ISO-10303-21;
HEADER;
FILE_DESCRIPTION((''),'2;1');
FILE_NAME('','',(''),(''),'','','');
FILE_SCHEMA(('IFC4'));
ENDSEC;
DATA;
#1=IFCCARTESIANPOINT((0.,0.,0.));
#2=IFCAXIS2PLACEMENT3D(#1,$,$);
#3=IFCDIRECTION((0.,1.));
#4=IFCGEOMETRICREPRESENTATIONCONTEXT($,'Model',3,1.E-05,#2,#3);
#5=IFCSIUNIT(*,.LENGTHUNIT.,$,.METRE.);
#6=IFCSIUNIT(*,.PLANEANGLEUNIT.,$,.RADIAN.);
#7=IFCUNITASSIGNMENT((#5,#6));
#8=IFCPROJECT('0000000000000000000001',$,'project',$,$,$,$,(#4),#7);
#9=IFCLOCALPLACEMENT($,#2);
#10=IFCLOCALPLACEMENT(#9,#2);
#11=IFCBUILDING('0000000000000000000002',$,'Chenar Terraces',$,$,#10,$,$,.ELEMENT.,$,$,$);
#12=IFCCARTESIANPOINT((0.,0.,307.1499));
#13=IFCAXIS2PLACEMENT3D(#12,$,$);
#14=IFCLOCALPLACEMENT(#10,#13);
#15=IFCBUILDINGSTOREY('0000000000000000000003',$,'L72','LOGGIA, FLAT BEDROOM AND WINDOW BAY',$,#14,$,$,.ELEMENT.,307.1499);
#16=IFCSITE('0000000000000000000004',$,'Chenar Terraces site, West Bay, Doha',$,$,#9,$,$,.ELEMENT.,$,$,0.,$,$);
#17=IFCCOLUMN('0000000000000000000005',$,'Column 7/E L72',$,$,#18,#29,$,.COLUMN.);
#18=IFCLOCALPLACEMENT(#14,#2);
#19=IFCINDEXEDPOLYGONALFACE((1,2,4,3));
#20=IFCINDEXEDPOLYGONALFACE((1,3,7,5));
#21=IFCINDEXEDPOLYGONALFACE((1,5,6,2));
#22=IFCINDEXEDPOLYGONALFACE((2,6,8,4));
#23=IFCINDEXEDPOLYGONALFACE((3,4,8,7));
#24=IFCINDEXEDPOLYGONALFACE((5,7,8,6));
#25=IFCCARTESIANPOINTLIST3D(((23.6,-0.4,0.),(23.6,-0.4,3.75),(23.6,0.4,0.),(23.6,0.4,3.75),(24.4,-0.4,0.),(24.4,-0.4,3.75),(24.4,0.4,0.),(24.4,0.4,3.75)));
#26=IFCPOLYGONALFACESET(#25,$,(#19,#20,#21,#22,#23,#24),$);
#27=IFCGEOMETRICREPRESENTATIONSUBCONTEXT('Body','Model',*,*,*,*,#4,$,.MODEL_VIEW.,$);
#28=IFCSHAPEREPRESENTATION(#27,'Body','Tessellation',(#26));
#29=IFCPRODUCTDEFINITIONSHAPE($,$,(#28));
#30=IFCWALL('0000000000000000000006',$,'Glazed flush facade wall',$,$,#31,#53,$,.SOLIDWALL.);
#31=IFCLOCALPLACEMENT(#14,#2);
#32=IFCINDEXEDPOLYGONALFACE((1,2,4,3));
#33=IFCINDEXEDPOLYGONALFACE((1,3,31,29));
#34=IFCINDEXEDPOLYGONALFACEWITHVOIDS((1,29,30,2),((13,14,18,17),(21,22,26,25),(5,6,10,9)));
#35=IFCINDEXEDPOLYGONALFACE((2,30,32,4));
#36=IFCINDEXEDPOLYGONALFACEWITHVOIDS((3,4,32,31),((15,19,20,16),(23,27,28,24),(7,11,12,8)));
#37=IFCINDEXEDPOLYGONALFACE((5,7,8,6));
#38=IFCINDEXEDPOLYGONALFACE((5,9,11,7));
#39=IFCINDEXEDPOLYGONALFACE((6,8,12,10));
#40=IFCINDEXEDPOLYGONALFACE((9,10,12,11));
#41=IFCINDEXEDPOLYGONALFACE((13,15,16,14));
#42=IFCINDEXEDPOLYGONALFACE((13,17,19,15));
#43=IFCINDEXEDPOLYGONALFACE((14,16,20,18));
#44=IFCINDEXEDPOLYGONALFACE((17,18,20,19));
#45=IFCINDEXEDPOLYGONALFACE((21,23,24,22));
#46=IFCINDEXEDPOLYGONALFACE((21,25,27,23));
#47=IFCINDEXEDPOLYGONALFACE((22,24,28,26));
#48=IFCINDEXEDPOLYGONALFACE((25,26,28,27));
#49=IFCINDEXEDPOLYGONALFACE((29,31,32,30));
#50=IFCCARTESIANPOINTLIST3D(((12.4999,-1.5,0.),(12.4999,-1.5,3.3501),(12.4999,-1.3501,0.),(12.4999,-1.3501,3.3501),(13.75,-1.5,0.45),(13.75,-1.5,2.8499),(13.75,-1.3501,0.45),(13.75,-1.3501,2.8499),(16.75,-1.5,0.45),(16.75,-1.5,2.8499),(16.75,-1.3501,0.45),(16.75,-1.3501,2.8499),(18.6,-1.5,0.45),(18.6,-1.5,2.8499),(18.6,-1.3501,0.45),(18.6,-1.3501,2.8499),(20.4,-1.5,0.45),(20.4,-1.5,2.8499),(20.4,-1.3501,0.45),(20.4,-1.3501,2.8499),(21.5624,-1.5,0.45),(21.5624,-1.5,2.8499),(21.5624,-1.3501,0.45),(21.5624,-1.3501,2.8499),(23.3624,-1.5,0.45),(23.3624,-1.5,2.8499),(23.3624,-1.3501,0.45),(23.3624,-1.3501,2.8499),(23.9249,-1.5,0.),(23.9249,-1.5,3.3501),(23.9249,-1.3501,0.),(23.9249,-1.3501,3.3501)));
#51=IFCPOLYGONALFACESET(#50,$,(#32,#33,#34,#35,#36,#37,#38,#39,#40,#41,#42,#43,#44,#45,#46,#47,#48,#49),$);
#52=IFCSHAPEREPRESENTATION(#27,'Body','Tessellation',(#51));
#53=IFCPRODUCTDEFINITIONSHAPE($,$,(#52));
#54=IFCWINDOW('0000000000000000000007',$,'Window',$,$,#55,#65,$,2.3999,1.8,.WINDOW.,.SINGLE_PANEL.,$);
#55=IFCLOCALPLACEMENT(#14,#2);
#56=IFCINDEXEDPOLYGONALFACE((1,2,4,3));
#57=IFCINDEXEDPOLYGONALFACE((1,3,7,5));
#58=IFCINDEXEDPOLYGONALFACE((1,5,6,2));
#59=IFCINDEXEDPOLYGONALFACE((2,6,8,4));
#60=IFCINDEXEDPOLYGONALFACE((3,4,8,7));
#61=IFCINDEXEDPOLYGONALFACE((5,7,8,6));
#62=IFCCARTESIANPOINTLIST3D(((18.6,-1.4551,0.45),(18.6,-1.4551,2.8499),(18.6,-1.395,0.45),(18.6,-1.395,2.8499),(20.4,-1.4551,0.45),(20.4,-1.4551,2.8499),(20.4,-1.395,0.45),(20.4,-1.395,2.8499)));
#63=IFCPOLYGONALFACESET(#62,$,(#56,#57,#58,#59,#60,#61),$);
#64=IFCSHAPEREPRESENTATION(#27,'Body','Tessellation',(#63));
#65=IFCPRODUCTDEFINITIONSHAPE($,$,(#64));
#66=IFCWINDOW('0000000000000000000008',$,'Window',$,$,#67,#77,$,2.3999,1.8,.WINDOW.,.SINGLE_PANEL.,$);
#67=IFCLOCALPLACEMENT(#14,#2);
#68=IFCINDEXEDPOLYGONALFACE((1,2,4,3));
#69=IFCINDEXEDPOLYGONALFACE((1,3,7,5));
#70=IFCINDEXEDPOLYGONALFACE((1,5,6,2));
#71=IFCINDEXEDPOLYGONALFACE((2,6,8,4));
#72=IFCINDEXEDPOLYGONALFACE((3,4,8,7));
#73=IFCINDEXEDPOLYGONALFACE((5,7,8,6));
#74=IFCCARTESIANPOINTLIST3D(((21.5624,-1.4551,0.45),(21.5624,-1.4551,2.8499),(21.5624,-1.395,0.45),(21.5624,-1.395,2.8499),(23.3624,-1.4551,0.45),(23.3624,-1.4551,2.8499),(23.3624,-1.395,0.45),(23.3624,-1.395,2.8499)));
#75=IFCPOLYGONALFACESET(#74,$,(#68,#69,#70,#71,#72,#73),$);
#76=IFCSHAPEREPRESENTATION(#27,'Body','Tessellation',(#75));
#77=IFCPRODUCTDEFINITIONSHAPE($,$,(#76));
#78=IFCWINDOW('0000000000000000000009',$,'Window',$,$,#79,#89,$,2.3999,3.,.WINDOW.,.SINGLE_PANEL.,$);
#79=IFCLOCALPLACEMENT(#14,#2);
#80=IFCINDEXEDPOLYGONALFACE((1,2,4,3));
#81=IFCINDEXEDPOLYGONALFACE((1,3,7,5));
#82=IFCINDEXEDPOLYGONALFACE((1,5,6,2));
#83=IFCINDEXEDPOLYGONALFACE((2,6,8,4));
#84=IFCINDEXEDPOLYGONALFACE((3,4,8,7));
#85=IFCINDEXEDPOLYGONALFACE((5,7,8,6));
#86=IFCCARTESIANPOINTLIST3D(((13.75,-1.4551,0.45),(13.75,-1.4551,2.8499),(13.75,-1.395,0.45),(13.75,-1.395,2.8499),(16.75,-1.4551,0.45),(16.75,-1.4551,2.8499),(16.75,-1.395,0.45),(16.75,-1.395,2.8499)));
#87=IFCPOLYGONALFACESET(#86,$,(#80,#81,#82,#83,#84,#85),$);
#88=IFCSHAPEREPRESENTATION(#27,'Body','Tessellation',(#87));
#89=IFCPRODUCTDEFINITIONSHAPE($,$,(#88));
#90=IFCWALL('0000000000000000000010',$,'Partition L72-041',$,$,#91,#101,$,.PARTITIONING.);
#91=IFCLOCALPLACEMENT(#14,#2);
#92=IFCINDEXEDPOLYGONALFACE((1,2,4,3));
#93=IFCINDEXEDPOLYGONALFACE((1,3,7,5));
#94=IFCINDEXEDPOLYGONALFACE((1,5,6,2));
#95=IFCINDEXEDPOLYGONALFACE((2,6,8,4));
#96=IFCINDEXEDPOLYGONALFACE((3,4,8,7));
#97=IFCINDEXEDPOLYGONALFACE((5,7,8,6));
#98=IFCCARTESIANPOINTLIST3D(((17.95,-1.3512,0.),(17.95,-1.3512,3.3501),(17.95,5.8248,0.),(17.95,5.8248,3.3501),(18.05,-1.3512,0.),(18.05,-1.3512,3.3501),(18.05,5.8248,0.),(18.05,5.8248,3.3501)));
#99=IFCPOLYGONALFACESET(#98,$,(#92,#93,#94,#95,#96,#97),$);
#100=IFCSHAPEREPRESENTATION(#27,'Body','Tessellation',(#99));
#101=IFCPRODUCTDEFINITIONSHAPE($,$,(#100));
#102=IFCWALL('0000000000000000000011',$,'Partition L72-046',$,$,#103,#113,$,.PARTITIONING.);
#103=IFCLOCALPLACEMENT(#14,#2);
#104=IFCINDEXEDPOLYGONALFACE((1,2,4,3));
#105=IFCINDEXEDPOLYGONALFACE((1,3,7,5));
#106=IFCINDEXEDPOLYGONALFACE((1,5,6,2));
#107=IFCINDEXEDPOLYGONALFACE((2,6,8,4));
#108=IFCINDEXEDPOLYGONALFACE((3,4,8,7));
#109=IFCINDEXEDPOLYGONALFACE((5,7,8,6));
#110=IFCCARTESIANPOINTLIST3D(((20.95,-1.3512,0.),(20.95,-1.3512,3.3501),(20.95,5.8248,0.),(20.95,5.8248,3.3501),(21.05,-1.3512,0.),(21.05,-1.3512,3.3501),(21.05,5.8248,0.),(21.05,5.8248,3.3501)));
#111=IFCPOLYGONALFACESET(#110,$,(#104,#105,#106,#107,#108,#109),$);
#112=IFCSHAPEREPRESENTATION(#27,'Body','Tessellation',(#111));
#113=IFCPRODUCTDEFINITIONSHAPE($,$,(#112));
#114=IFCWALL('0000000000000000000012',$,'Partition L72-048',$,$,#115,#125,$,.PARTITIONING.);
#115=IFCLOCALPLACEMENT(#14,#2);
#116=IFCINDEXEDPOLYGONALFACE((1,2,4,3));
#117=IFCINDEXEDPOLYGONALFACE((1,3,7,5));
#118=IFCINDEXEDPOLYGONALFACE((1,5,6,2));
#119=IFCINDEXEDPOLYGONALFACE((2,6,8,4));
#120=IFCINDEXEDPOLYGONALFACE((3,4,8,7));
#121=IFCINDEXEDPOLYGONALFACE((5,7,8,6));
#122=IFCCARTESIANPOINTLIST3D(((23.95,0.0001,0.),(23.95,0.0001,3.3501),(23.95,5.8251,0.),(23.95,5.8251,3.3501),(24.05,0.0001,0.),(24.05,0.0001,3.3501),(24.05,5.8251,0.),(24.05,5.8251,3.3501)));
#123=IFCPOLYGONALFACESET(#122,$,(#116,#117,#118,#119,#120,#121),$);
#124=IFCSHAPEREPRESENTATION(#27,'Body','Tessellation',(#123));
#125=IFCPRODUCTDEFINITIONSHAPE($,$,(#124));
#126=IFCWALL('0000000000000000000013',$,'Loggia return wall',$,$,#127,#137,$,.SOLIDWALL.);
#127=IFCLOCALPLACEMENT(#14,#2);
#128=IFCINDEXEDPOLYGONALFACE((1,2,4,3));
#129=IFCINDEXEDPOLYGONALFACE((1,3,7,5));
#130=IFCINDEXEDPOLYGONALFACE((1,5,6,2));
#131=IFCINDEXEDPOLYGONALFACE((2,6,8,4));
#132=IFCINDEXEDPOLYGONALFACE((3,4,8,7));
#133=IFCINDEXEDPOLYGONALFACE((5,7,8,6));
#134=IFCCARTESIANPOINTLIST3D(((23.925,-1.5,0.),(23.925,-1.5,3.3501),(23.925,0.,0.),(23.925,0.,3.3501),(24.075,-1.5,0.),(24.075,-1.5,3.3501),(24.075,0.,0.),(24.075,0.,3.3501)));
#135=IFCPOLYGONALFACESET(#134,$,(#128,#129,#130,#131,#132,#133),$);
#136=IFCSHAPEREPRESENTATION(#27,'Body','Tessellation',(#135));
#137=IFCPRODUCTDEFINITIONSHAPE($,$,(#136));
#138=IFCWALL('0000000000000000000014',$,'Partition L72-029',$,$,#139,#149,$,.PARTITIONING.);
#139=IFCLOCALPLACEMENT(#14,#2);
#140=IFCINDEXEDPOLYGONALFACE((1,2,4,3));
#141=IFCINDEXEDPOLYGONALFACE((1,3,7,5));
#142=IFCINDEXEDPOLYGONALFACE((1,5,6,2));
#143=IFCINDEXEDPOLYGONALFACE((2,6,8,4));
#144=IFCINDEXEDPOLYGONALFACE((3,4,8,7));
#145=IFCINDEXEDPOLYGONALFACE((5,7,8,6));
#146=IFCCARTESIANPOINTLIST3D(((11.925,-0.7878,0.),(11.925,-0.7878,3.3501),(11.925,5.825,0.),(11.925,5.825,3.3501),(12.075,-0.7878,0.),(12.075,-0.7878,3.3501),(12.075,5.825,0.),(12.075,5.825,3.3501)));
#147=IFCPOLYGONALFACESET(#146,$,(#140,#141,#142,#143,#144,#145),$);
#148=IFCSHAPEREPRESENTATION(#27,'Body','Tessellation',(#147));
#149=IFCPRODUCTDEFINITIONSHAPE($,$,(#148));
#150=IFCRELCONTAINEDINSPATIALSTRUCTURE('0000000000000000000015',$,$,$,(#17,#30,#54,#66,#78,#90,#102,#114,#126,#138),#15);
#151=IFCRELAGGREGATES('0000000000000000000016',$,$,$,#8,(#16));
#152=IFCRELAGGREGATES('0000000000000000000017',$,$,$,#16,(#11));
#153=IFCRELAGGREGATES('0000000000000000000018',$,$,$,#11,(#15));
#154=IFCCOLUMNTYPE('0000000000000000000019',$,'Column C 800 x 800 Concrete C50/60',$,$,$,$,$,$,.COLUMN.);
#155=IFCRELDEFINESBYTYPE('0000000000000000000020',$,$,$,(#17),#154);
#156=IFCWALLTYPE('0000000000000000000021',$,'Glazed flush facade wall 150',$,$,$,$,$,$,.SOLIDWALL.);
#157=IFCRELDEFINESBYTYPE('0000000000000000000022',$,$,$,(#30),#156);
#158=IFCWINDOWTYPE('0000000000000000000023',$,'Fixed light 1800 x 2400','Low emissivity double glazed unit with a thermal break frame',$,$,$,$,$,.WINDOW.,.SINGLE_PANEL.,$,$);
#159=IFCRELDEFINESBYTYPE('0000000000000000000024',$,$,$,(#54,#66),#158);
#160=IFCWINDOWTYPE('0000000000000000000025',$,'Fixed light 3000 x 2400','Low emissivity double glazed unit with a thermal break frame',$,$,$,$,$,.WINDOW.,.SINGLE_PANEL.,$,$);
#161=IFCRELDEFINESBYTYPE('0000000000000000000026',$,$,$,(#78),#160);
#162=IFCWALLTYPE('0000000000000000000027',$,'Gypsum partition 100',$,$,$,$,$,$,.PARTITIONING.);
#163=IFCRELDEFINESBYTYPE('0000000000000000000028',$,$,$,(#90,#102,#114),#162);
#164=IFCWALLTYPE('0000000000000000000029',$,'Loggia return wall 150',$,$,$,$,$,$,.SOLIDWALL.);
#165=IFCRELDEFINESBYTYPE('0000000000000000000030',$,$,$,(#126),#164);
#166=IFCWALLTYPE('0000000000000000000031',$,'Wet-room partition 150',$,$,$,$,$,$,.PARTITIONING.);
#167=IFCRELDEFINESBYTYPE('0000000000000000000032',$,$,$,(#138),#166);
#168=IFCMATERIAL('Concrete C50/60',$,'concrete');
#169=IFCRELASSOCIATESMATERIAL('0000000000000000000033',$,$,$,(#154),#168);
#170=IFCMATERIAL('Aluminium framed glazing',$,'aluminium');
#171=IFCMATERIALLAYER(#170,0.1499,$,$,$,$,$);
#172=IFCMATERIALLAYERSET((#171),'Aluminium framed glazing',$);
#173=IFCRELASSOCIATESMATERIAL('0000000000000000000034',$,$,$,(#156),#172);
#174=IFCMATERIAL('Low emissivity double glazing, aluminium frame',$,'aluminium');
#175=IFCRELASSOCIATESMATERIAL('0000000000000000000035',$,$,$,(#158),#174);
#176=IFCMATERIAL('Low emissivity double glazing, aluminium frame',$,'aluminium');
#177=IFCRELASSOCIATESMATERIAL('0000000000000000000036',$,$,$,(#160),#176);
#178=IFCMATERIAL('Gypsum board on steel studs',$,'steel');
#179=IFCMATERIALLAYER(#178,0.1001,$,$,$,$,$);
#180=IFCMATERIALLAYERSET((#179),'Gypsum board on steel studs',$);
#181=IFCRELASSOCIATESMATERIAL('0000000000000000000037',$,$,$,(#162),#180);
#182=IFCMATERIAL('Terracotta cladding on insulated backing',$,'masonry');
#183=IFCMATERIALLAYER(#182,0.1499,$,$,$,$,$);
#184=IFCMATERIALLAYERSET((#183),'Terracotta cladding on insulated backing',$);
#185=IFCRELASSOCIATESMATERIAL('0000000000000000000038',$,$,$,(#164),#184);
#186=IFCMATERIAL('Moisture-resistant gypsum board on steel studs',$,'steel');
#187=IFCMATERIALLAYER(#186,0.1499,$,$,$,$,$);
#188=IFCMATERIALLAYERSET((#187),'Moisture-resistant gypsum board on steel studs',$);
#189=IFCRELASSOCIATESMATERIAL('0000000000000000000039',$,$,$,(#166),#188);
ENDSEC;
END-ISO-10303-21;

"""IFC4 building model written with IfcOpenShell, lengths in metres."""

from ifc_helpers import new_model, si_unit, direction, frame, frame_2d, origin, origin_2d, place, context, subcontext, project, spatial, rectangle, extrude, material, layer, layer_set, material_profile, profile_set, type_object, element, fill, save


model = new_model("IFC4")

# Units and contexts
model_context = context("Model", 3, precision=1e-05, world=origin(), true_north=direction((0.0, 1.0)))
body_context = subcontext(model_context, "Body", "Model", "MODEL_VIEW")
ifc_project = project(units=[si_unit("LENGTHUNIT", "METRE"), si_unit("PLANEANGLEUNIT", "RADIAN")], contexts=[model_context])

# Site, building, storey
site_placement = place(None, origin())
site = spatial("IfcSite", under=ifc_project, at=site_placement, Name="Chenar Terraces site, West Bay, Doha", CompositionType="ELEMENT", RefElevation=0.0)
building_placement = place(site_placement, origin())
building = spatial("IfcBuilding", under=site, at=building_placement, Name="Chenar Terraces", CompositionType="ELEMENT")
storey_placement = place(building_placement, frame((0.0, 0.0, 307.1499)))
storey = spatial("IfcBuildingStorey", under=building, at=storey_placement, Name="L72", Description="LOGGIA, FLAT BEDROOM AND WINDOW BAY", CompositionType="ELEMENT", Elevation=307.1499)

# Column
ifc_material_1 = material(Name="Concrete C50/60", Category="concrete")
ifc_material_profile = material_profile(ifc_material_1, rectangle(XDim=0.8, YDim=0.8, at=origin_2d()), Name="C 800 x 800")
ifc_profile_set = profile_set([ifc_material_profile], Name="Concrete C50/60")
column_type = type_object("IfcColumnType", Name="Column C 800 x 800 Concrete C50/60", PredefinedType="COLUMN", material=ifc_profile_set)
column_placement = place(storey_placement, frame((24.0, 0.0, 0.0), z_axis=(0.0, 0.0, 1.0), x_axis=(1.0, 0.0, 0.0)))
element("IfcColumn", 1, at=column_placement, inside=storey, type_object=column_type, Name="Column 7/E L72", PredefinedType="COLUMN", context=body_context, shape_type="SweptSolid", body=[
    extrude(rectangle(XDim=0.8, YDim=0.8, at=origin_2d()), origin(), (0.0, 0.0, 1.0), 3.75),
])

# Wall, openings, windows
ifc_material_2 = material(Name="Aluminium framed glazing", Category="aluminium")
ifc_layer_1 = layer(ifc_material_2, 0.1499)
ifc_layer_set_1 = layer_set([ifc_layer_1], Name="Aluminium framed glazing")
wall_type_1 = type_object("IfcWallType", Name="Glazed flush facade wall 150", PredefinedType="SOLIDWALL", material=ifc_layer_set_1)
wall_1_placement = place(storey_placement, frame((12.5, -1.425, 0.0), z_axis=(0.0, 0.0, 1.0), x_axis=(1.0, 0.0, 0.0)))
wall_1 = element("IfcWall", 2, at=wall_1_placement, inside=storey, type_object=wall_type_1, Name="Glazed flush facade wall", PredefinedType="SOLIDWALL", context=body_context, shape_type="SweptSolid", body=[
    extrude(rectangle(XDim=11.425, YDim=0.1499, at=frame_2d((5.7124, 0.0))), origin(), (0.0, 0.0, 1.0), 3.3501),
])
opening_1_placement = place(wall_1_placement, frame((1.25, 0.0, 0.45)))
opening_1 = element("IfcOpeningElement", 3, at=opening_1_placement, cuts=wall_1, PredefinedType="OPENING", context=body_context, shape_type="SweptSolid", body=[
    extrude(rectangle(XDim=3.0, YDim=2.3999, at=frame_2d((1.5, 1.2))), frame((0.0, 0.085, 0.0), z_axis=(0.0, -1.0, 0.0), x_axis=(1.0, 0.0, 0.0)), (0.0, 0.0, 1.0), 0.1699),
])
opening_2_placement = place(wall_1_placement, frame((6.1001, 0.0, 0.45)))
opening_2 = element("IfcOpeningElement", 4, at=opening_2_placement, cuts=wall_1, PredefinedType="OPENING", context=body_context, shape_type="SweptSolid", body=[
    extrude(rectangle(XDim=1.8, YDim=2.3999, at=frame_2d((0.8999, 1.2))), frame((0.0, 0.085, 0.0), z_axis=(0.0, -1.0, 0.0), x_axis=(1.0, 0.0, 0.0)), (0.0, 0.0, 1.0), 0.1699),
])
opening_3_placement = place(wall_1_placement, frame((9.0625, 0.0, 0.45)))
opening_3 = element("IfcOpeningElement", 5, at=opening_3_placement, cuts=wall_1, PredefinedType="OPENING", context=body_context, shape_type="SweptSolid", body=[
    extrude(rectangle(XDim=1.8, YDim=2.3999, at=frame_2d((0.8999, 1.2))), frame((0.0, 0.085, 0.0), z_axis=(0.0, -1.0, 0.0), x_axis=(1.0, 0.0, 0.0)), (0.0, 0.0, 1.0), 0.1699),
])
ifc_material_3 = material(Name="Low emissivity double glazing, aluminium frame", Category="aluminium")
window_type_1 = type_object("IfcWindowType", Name="Fixed light 1800 x 2400", Description="Low emissivity double glazed unit with a thermal break frame", PartitioningType="SINGLE_PANEL", PredefinedType="WINDOW", material=ifc_material_3)
window_1_placement = place(opening_2_placement, origin())
window_1 = element("IfcWindow", 6, at=window_1_placement, inside=storey, type_object=window_type_1, Name="Window", OverallHeight=2.3999, OverallWidth=1.8, PartitioningType="SINGLE_PANEL", PredefinedType="WINDOW", context=body_context, shape_type="SweptSolid", body=[
    extrude(rectangle(XDim=1.8, YDim=2.3999, at=frame_2d((0.8999, 1.2))), frame((0.0, 0.03, 0.0), z_axis=(0.0, -1.0, 0.0), x_axis=(1.0, 0.0, 0.0)), (0.0, 0.0, 1.0), 0.0601),
])
fill(opening_2, window_1)
window_2_placement = place(opening_3_placement, origin())
window_2 = element("IfcWindow", 7, at=window_2_placement, inside=storey, type_object=window_type_1, Name="Window", OverallHeight=2.3999, OverallWidth=1.8, PartitioningType="SINGLE_PANEL", PredefinedType="WINDOW", context=body_context, shape_type="SweptSolid", body=[
    extrude(rectangle(XDim=1.8, YDim=2.3999, at=frame_2d((0.8999, 1.2))), frame((0.0, 0.03, 0.0), z_axis=(0.0, -1.0, 0.0), x_axis=(1.0, 0.0, 0.0)), (0.0, 0.0, 1.0), 0.0601),
])
fill(opening_3, window_2)
ifc_material_4 = material(Name="Low emissivity double glazing, aluminium frame", Category="aluminium")
window_type_2 = type_object("IfcWindowType", Name="Fixed light 3000 x 2400", Description="Low emissivity double glazed unit with a thermal break frame", PartitioningType="SINGLE_PANEL", PredefinedType="WINDOW", material=ifc_material_4)
window_3_placement = place(opening_1_placement, origin())
window_3 = element("IfcWindow", 8, at=window_3_placement, inside=storey, type_object=window_type_2, Name="Window", OverallHeight=2.3999, OverallWidth=3.0, PartitioningType="SINGLE_PANEL", PredefinedType="WINDOW", context=body_context, shape_type="SweptSolid", body=[
    extrude(rectangle(XDim=3.0, YDim=2.3999, at=frame_2d((1.5, 1.2))), frame((0.0, 0.03, 0.0), z_axis=(0.0, -1.0, 0.0), x_axis=(1.0, 0.0, 0.0)), (0.0, 0.0, 1.0), 0.0601),
])
fill(opening_1, window_3)

# Walls
ifc_material_5 = material(Name="Gypsum board on steel studs", Category="steel")
ifc_layer_2 = layer(ifc_material_5, 0.1001)
ifc_layer_set_2 = layer_set([ifc_layer_2], Name="Gypsum board on steel studs")
wall_type_2 = type_object("IfcWallType", Name="Gypsum partition 100", PredefinedType="PARTITIONING", material=ifc_layer_set_2)
for number, where, z_axis, x_axis, name in (
    (9, (18.0, -1.3511, 0.0), (0.0, 0.0, 1.0), (0.0, 1.0, 0.0), "Partition L72-041"),
    (10, (21.0, -1.3511, 0.0), (0.0, 0.0, 1.0), (0.0, 1.0, 0.0), "Partition L72-046"),
):
    element("IfcWall", number, at=place(storey_placement, frame(where, z_axis=z_axis, x_axis=x_axis)), inside=storey, type_object=wall_type_2, Name=name, PredefinedType="PARTITIONING", context=body_context, shape_type="SweptSolid", body=[
        extrude(rectangle(XDim=7.176, YDim=0.1001, at=frame_2d((3.5879, 0.0))), origin(), (0.0, 0.0, 1.0), 3.3501),
    ])
wall_2_placement = place(storey_placement, frame((24.0, 0.0, 0.0), z_axis=(0.0, 0.0, 1.0), x_axis=(0.0, 1.0, 0.0)))
element("IfcWall", 11, at=wall_2_placement, inside=storey, type_object=wall_type_2, Name="Partition L72-048", PredefinedType="PARTITIONING", context=body_context, shape_type="SweptSolid", body=[
    extrude(rectangle(XDim=5.825, YDim=0.1001, at=frame_2d((2.9126, 0.0))), origin(), (0.0, 0.0, 1.0), 3.3501),
])
ifc_material_6 = material(Name="Terracotta cladding on insulated backing", Category="masonry")
ifc_layer_3 = layer(ifc_material_6, 0.1499)
ifc_layer_set_3 = layer_set([ifc_layer_3], Name="Terracotta cladding on insulated backing")
wall_type_3 = type_object("IfcWallType", Name="Loggia return wall 150", PredefinedType="SOLIDWALL", material=ifc_layer_set_3)
wall_3_placement = place(storey_placement, frame((24.0, -1.5, 0.0), z_axis=(0.0, 0.0, 1.0), x_axis=(0.0, 1.0, 0.0)))
element("IfcWall", 12, at=wall_3_placement, inside=storey, type_object=wall_type_3, Name="Loggia return wall", PredefinedType="SOLIDWALL", context=body_context, shape_type="SweptSolid", body=[
    extrude(rectangle(XDim=1.5, YDim=0.1499, at=frame_2d((0.75, 0.0))), origin(), (0.0, 0.0, 1.0), 3.3501),
])
ifc_material_7 = material(Name="Moisture-resistant gypsum board on steel studs", Category="steel")
ifc_layer_4 = layer(ifc_material_7, 0.1499)
ifc_layer_set_4 = layer_set([ifc_layer_4], Name="Moisture-resistant gypsum board on steel studs")
wall_type_4 = type_object("IfcWallType", Name="Wet-room partition 150", PredefinedType="PARTITIONING", material=ifc_layer_set_4)
wall_4_placement = place(storey_placement, frame((12.0, -0.7878, 0.0), z_axis=(0.0, 0.0, 1.0), x_axis=(0.0, 1.0, 0.0)))
element("IfcWall", 13, at=wall_4_placement, inside=storey, type_object=wall_type_4, Name="Partition L72-029", PredefinedType="PARTITIONING", context=body_context, shape_type="SweptSolid", body=[
    extrude(rectangle(XDim=6.6128, YDim=0.1499, at=frame_2d((3.3064, 0.0))), origin(), (0.0, 0.0, 1.0), 3.3501),
])

save(model, "model.ifc")
